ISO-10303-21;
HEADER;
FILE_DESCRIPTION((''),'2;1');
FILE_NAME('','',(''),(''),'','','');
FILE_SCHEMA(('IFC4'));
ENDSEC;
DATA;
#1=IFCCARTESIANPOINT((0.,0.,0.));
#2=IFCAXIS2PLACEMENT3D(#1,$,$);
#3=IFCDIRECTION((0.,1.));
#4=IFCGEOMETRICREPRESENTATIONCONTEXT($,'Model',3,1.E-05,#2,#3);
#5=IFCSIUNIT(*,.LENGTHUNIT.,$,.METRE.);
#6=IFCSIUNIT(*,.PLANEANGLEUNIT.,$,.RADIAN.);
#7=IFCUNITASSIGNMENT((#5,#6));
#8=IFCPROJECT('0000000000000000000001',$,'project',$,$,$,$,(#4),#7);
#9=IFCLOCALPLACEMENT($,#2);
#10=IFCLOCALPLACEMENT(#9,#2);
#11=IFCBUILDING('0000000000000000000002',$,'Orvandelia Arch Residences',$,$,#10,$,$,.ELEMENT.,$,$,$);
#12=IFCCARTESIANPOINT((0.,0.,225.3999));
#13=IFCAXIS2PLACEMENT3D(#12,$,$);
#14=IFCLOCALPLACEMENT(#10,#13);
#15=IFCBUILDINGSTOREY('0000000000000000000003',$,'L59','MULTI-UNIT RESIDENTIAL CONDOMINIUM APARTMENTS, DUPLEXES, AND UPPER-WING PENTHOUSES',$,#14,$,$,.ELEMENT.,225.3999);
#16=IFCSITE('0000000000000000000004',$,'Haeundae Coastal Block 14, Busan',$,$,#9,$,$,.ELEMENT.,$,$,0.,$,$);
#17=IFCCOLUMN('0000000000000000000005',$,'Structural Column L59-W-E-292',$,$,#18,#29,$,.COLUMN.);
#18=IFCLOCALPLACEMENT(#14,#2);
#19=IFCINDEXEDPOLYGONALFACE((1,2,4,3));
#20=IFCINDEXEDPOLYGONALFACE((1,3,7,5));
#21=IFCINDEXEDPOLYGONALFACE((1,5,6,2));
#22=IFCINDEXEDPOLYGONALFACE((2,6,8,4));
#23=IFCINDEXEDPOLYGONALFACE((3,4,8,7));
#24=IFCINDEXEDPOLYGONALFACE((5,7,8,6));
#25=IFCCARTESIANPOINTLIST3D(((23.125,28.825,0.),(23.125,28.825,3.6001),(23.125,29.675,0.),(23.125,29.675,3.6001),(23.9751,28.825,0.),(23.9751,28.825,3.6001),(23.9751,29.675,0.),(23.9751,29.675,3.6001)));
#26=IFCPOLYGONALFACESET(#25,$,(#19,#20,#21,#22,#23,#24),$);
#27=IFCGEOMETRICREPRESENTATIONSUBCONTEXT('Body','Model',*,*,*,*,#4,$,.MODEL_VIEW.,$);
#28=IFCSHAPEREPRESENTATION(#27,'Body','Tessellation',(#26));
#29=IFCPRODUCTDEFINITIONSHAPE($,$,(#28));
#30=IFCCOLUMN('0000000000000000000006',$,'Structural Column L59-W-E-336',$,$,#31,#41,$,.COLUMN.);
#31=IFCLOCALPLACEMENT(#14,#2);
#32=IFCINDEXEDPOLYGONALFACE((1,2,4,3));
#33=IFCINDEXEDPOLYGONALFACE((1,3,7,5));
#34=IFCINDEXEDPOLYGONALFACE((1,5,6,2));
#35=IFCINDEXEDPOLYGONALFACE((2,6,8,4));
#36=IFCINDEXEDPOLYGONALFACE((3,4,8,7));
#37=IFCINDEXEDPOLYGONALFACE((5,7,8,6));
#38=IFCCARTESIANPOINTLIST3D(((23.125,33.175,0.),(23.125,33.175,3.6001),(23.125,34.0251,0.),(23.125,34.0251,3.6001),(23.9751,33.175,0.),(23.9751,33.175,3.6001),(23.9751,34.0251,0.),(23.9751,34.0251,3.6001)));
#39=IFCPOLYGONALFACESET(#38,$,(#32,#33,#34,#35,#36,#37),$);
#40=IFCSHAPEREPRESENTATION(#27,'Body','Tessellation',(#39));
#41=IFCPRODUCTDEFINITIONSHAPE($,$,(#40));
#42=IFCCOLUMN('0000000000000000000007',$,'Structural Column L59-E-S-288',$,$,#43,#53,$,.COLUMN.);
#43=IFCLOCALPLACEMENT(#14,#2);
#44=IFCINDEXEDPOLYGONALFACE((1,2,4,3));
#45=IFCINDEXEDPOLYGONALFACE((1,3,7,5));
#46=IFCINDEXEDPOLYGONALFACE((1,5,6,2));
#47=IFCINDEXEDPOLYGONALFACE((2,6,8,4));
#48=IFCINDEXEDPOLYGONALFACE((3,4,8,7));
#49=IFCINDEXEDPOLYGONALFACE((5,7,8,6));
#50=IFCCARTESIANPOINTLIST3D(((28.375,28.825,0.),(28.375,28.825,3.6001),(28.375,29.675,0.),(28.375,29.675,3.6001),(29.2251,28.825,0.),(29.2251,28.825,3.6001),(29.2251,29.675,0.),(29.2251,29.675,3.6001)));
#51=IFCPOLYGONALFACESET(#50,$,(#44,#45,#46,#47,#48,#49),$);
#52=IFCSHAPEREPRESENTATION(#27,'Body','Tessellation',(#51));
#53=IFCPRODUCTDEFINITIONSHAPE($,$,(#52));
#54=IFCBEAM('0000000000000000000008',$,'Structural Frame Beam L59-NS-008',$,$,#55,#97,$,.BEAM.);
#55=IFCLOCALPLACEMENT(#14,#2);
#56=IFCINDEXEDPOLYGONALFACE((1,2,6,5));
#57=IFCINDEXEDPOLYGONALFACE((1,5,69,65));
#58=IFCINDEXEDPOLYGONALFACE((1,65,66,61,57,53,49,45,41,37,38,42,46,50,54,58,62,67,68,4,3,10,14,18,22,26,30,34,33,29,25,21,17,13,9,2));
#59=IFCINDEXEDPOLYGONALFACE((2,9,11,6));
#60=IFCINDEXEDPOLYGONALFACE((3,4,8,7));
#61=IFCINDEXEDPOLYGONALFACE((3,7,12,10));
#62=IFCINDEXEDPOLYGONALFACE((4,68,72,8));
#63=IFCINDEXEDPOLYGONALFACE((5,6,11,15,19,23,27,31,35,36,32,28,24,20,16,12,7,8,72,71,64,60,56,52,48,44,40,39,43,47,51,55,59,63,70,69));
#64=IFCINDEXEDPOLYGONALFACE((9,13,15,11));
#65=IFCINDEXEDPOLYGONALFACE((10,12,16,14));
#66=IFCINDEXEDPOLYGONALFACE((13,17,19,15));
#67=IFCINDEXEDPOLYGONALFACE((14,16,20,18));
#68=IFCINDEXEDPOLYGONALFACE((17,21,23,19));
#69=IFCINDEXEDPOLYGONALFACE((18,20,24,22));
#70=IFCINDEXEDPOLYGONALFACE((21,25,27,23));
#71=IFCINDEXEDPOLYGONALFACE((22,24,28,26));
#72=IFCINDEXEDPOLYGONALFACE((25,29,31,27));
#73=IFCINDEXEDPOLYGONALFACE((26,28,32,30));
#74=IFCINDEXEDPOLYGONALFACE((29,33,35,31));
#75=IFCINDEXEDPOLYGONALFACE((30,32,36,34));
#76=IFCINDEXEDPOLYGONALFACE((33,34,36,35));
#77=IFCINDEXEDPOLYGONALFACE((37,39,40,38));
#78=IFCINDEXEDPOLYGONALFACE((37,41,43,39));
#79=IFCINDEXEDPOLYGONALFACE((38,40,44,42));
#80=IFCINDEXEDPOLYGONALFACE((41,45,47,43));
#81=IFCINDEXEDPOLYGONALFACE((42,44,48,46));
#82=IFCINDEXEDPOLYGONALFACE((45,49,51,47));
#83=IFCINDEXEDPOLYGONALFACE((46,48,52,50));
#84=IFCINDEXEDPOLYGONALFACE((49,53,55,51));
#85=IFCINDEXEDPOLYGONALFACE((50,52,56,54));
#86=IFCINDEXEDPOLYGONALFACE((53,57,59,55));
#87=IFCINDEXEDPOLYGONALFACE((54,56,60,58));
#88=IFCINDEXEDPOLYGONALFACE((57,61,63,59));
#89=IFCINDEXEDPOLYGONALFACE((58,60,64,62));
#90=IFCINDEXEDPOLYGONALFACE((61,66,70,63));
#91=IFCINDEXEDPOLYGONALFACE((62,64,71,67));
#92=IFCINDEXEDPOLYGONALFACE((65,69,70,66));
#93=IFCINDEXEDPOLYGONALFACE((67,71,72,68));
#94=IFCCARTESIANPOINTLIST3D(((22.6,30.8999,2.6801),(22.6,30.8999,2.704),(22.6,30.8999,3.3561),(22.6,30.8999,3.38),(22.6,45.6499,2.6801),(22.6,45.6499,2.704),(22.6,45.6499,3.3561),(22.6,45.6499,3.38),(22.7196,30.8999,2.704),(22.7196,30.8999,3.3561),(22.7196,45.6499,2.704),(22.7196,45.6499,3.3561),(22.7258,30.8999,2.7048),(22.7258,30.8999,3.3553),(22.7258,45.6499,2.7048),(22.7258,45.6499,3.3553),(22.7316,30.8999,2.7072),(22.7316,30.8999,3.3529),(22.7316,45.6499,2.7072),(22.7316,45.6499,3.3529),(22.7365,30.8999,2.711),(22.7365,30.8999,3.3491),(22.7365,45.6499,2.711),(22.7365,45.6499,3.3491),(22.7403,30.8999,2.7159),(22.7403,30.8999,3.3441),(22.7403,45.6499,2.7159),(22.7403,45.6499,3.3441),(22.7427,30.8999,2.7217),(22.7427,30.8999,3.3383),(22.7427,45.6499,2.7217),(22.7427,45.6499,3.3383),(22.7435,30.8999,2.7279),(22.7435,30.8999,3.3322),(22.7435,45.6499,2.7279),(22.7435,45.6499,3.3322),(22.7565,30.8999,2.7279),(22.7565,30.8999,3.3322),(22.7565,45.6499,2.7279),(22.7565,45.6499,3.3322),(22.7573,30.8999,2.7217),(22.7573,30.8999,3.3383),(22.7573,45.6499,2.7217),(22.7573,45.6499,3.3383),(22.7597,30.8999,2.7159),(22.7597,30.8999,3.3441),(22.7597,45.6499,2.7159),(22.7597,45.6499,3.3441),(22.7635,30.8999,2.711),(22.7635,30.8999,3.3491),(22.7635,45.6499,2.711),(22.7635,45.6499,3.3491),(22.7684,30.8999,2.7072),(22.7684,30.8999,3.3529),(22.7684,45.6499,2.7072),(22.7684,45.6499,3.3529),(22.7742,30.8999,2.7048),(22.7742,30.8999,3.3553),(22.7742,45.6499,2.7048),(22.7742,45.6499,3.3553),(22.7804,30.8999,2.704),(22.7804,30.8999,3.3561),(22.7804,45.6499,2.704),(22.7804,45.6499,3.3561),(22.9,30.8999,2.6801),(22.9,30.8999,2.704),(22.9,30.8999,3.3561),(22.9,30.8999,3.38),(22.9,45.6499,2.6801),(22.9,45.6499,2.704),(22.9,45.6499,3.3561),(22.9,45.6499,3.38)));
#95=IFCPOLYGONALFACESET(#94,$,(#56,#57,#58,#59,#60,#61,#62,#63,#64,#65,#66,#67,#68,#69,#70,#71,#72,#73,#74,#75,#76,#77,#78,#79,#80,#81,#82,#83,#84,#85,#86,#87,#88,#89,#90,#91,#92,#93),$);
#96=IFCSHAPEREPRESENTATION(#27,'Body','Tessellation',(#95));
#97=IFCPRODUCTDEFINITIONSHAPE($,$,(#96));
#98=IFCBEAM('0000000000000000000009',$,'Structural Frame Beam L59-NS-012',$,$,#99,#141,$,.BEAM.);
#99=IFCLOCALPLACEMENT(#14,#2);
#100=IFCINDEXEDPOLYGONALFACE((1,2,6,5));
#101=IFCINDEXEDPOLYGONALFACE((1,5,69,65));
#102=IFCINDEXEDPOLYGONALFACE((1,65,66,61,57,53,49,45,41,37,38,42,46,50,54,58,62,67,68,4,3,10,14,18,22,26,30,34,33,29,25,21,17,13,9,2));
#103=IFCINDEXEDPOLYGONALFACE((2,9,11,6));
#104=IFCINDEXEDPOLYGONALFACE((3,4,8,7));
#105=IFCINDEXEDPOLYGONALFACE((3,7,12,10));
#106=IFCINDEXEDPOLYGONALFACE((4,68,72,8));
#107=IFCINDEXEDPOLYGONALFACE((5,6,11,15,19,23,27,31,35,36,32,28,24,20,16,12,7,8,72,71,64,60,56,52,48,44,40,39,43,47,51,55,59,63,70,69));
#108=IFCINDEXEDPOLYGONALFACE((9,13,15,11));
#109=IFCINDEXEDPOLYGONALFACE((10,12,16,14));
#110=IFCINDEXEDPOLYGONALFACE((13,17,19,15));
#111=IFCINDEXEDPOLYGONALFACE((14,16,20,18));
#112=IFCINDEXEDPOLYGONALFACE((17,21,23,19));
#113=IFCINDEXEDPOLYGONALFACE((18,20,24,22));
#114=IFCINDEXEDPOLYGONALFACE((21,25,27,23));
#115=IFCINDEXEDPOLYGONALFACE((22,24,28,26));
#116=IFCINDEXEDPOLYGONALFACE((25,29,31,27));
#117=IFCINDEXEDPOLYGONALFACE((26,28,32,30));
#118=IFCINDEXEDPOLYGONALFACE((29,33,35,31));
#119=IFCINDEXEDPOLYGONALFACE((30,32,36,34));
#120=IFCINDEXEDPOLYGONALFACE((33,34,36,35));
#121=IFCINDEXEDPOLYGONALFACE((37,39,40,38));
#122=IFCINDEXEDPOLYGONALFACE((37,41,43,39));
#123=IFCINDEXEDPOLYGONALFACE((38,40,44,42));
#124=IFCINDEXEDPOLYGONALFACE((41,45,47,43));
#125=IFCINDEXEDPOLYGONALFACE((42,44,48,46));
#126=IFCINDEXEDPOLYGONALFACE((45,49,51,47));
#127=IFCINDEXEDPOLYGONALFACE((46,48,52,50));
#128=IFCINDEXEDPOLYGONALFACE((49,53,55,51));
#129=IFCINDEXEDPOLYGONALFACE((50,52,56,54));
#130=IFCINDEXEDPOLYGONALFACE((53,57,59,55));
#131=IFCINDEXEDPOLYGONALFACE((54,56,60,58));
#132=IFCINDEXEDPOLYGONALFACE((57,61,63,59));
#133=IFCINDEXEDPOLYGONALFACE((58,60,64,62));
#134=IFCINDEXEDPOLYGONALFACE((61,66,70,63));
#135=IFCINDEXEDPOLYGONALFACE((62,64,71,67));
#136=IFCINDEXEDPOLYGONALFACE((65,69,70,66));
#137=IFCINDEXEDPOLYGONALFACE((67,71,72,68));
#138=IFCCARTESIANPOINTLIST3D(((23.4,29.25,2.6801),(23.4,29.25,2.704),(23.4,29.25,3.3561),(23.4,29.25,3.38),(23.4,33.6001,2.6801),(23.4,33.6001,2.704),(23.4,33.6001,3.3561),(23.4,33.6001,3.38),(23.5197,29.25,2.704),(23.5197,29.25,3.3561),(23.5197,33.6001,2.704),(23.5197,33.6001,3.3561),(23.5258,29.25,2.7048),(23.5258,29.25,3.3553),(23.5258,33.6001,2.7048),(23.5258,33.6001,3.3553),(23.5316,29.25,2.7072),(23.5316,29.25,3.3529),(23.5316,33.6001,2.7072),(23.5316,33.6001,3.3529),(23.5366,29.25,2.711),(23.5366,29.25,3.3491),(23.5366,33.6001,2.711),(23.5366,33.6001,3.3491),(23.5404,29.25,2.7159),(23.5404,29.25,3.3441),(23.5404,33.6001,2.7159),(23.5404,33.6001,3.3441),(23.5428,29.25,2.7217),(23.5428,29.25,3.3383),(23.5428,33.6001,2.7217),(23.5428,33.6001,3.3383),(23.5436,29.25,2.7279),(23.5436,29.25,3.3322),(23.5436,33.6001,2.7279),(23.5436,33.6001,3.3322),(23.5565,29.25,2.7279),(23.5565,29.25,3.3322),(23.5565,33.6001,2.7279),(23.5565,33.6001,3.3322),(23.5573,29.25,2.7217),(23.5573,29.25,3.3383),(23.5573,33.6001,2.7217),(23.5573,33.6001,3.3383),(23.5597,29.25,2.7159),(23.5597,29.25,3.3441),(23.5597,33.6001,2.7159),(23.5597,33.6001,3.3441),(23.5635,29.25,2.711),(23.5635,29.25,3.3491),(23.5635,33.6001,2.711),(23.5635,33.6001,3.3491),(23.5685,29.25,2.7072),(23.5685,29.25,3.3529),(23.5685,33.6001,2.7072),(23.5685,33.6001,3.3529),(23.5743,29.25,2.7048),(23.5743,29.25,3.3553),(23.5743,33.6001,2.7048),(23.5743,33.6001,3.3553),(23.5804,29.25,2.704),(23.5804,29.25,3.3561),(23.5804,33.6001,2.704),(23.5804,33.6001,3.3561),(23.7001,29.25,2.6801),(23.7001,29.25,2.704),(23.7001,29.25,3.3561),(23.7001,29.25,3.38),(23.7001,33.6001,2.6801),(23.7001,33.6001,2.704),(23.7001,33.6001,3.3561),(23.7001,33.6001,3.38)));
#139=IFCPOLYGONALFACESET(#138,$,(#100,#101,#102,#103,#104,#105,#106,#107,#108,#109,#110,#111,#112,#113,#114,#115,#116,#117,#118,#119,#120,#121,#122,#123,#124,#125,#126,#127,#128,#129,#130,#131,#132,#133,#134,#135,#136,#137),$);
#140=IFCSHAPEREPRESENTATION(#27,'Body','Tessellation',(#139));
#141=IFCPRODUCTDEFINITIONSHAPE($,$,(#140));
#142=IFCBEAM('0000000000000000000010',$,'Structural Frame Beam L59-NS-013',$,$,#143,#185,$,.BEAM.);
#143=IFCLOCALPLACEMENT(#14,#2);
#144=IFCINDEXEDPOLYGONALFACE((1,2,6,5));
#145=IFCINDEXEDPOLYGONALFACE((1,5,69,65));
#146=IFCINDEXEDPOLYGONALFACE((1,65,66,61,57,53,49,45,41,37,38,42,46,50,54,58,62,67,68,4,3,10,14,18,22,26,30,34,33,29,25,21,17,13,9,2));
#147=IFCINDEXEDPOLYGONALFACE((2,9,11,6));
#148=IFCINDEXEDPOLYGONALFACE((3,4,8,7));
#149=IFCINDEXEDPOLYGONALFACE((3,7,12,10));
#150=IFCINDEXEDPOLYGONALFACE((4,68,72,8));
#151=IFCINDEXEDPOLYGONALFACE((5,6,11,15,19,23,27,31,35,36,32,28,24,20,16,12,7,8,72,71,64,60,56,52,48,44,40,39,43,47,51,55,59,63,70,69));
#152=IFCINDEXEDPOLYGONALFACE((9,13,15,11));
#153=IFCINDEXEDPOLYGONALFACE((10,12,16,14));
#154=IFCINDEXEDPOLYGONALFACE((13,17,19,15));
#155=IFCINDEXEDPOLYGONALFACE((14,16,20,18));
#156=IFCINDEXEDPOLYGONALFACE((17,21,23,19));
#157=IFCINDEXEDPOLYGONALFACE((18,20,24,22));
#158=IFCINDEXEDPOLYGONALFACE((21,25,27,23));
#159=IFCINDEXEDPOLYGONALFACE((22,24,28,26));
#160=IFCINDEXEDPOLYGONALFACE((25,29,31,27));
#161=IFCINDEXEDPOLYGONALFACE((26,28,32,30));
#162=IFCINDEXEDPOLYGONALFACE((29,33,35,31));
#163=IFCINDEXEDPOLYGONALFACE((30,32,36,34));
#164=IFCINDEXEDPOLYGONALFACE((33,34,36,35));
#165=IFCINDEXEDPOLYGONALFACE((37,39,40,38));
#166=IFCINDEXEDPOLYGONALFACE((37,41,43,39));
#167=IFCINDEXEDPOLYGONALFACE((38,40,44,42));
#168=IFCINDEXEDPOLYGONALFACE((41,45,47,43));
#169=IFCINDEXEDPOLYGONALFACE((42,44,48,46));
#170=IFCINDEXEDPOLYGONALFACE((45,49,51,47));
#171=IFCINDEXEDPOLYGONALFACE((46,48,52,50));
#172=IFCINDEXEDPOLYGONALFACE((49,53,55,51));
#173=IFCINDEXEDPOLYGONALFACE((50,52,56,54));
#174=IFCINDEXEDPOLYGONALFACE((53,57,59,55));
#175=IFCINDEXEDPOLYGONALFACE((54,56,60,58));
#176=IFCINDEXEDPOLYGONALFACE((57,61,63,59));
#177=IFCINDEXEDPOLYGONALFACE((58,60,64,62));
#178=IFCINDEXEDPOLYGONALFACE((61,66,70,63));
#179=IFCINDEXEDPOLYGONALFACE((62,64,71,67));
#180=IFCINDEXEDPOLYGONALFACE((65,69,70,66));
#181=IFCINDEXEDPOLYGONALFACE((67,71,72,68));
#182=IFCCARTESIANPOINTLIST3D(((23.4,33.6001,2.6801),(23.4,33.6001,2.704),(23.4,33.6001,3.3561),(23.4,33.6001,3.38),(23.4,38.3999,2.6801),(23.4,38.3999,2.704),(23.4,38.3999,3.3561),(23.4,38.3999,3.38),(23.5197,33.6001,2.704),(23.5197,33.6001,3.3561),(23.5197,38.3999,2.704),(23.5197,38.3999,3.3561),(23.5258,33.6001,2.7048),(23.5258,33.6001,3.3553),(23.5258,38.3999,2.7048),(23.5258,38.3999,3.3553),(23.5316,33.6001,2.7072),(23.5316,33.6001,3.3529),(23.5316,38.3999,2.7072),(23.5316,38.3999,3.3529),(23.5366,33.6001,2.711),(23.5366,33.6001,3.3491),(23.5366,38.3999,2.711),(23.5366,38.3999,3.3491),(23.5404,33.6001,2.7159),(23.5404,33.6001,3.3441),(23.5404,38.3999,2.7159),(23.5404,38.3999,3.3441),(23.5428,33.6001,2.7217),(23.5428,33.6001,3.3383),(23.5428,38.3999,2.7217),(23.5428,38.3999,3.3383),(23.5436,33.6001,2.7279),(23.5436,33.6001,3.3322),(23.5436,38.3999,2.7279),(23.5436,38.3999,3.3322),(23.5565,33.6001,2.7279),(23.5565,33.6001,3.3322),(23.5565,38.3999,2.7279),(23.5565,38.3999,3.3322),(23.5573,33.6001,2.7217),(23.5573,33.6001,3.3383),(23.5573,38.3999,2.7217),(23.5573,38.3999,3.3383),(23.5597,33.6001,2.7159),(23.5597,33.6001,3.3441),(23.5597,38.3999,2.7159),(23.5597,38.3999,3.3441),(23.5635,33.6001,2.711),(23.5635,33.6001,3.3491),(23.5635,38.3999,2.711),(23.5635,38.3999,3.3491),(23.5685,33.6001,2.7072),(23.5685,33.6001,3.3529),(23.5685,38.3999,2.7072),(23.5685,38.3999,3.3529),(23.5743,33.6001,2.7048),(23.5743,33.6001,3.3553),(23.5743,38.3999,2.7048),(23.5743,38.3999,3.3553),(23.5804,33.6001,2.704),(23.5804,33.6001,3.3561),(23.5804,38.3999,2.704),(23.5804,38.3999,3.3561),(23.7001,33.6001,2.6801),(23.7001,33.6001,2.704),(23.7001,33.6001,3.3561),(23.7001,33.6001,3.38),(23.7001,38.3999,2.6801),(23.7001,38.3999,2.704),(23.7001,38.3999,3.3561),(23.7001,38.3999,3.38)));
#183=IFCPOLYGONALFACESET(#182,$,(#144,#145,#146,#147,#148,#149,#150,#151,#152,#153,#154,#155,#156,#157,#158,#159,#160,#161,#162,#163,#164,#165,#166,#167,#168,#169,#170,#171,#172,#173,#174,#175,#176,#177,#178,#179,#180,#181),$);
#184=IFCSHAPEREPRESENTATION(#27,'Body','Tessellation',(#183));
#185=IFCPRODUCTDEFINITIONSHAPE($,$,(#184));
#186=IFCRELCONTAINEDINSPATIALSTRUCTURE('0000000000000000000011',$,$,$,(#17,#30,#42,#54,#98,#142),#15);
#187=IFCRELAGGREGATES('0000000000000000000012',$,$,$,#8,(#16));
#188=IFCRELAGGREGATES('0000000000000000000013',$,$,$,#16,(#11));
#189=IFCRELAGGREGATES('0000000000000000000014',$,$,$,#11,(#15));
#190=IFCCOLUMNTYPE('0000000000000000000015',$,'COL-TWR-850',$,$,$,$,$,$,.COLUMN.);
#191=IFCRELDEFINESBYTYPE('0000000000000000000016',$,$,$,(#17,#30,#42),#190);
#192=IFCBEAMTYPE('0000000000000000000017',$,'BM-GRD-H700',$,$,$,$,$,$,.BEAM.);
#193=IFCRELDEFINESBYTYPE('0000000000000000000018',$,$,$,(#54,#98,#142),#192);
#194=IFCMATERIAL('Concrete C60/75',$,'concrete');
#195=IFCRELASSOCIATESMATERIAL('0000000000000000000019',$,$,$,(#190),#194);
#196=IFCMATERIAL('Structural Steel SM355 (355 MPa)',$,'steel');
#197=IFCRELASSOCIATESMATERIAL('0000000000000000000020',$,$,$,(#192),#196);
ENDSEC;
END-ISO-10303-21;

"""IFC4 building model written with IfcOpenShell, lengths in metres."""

from ifc_helpers import new_model, si_unit, direction, frame, origin, origin_2d, place, context, subcontext, project, spatial, rectangle, i_section, extrude, material, material_profile, profile_set, type_object, element, save


model = new_model("IFC4")

# Units and contexts
model_context = context("Model", 3, precision=1e-05, world=origin(), true_north=direction((0.0, 1.0)))
body_context = subcontext(model_context, "Body", "Model", "MODEL_VIEW")
ifc_project = project(units=[si_unit("LENGTHUNIT", "METRE"), si_unit("PLANEANGLEUNIT", "RADIAN")], contexts=[model_context])

# Site, building, storey
site_placement = place(None, origin())
site = spatial("IfcSite", under=ifc_project, at=site_placement, Name="Haeundae Coastal Block 14, Busan", CompositionType="ELEMENT", RefElevation=0.0)
building_placement = place(site_placement, origin())
building = spatial("IfcBuilding", under=site, at=building_placement, Name="Orvandelia Arch Residences", CompositionType="ELEMENT")
storey_placement = place(building_placement, frame((0.0, 0.0, 225.3999)))
storey = spatial("IfcBuildingStorey", under=building, at=storey_placement, Name="L59", Description="MULTI-UNIT RESIDENTIAL CONDOMINIUM APARTMENTS, DUPLEXES, AND UPPER-WING PENTHOUSES", CompositionType="ELEMENT", Elevation=225.3999)

# Columns
ifc_material_1 = material(Name="Concrete C60/75", Category="concrete")
ifc_material_profile_1 = material_profile(ifc_material_1, rectangle(XDim=0.8501, YDim=0.8501, at=origin_2d()), Name="Concrete C60/75", Category="concrete")
ifc_profile_set_1 = profile_set([ifc_material_profile_1], Name="Concrete C60/75")
column_type = type_object("IfcColumnType", Name="COL-TWR-850", PredefinedType="COLUMN", material=ifc_profile_set_1)
for number, where, z_axis, x_axis, name in (
    (1, (23.55, 29.25, 0.0), (0.0, 0.0, 1.0), (1.0, 0.0, 0.0), "Structural Column L59-W-E-292"),
    (2, (23.55, 33.6001, 0.0), (0.0, 0.0, 1.0), (1.0, 0.0, 0.0), "Structural Column L59-W-E-336"),
    (3, (28.8, 29.25, 0.0), (0.0, 0.0, 1.0), (1.0, 0.0, 0.0), "Structural Column L59-E-S-288"),
):
    element("IfcColumn", number, at=place(storey_placement, frame(where, z_axis=z_axis, x_axis=x_axis)), inside=storey, type_object=column_type, Name=name, PredefinedType="COLUMN", context=body_context, shape_type="SweptSolid", body=[
        extrude(rectangle(XDim=0.8501, YDim=0.8501, at=origin_2d()), origin(), (0.0, 0.0, 1.0), 3.6001),
    ])

# Beams
ifc_material_2 = material(Name="Structural Steel SM355 (355 MPa)", Category="steel")
ifc_material_profile_2 = material_profile(ifc_material_2, i_section(OverallWidth=0.3, OverallDepth=0.7, WebThickness=0.0129, FlangeThickness=0.0239, FilletRadius=0.0239, at=origin_2d()), Name="Structural Steel SM355 (355 MPa)", Category="steel")
ifc_profile_set_2 = profile_set([ifc_material_profile_2], Name="Structural Steel SM355 (355 MPa)")
beam_type = type_object("IfcBeamType", Name="BM-GRD-H700", PredefinedType="BEAM", material=ifc_profile_set_2)
beam_1_placement = place(storey_placement, frame((22.75, 30.8999, 3.03), z_axis=(0.0, 1.0, 0.0), x_axis=(-1.0, 0.0, 0.0)))
element("IfcBeam", 4, at=beam_1_placement, inside=storey, type_object=beam_type, Name="Structural Frame Beam L59-NS-008", PredefinedType="BEAM", context=body_context, shape_type="SweptSolid", body=[
    extrude(i_section(OverallWidth=0.3, OverallDepth=0.7, WebThickness=0.0129, FlangeThickness=0.0239, FilletRadius=0.0239, at=origin_2d()), origin(), (0.0, 0.0, 1.0), 14.75),
])
beam_2_placement = place(storey_placement, frame((23.55, 29.25, 3.03), z_axis=(0.0, 1.0, 0.0), x_axis=(-1.0, 0.0, 0.0)))
element("IfcBeam", 5, at=beam_2_placement, inside=storey, type_object=beam_type, Name="Structural Frame Beam L59-NS-012", PredefinedType="BEAM", context=body_context, shape_type="SweptSolid", body=[
    extrude(i_section(OverallWidth=0.3, OverallDepth=0.7, WebThickness=0.0129, FlangeThickness=0.0239, FilletRadius=0.0239, at=origin_2d()), origin(), (0.0, 0.0, 1.0), 4.3501),
])
beam_3_placement = place(storey_placement, frame((23.55, 33.6001, 3.03), z_axis=(0.0, 1.0, 0.0), x_axis=(-1.0, 0.0, 0.0)))
element("IfcBeam", 6, at=beam_3_placement, inside=storey, type_object=beam_type, Name="Structural Frame Beam L59-NS-013", PredefinedType="BEAM", context=body_context, shape_type="SweptSolid", body=[
    extrude(i_section(OverallWidth=0.3, OverallDepth=0.7, WebThickness=0.0129, FlangeThickness=0.0239, FilletRadius=0.0239, at=origin_2d()), origin(), (0.0, 0.0, 1.0), 4.7998),
])

save(model, "model.ifc")
